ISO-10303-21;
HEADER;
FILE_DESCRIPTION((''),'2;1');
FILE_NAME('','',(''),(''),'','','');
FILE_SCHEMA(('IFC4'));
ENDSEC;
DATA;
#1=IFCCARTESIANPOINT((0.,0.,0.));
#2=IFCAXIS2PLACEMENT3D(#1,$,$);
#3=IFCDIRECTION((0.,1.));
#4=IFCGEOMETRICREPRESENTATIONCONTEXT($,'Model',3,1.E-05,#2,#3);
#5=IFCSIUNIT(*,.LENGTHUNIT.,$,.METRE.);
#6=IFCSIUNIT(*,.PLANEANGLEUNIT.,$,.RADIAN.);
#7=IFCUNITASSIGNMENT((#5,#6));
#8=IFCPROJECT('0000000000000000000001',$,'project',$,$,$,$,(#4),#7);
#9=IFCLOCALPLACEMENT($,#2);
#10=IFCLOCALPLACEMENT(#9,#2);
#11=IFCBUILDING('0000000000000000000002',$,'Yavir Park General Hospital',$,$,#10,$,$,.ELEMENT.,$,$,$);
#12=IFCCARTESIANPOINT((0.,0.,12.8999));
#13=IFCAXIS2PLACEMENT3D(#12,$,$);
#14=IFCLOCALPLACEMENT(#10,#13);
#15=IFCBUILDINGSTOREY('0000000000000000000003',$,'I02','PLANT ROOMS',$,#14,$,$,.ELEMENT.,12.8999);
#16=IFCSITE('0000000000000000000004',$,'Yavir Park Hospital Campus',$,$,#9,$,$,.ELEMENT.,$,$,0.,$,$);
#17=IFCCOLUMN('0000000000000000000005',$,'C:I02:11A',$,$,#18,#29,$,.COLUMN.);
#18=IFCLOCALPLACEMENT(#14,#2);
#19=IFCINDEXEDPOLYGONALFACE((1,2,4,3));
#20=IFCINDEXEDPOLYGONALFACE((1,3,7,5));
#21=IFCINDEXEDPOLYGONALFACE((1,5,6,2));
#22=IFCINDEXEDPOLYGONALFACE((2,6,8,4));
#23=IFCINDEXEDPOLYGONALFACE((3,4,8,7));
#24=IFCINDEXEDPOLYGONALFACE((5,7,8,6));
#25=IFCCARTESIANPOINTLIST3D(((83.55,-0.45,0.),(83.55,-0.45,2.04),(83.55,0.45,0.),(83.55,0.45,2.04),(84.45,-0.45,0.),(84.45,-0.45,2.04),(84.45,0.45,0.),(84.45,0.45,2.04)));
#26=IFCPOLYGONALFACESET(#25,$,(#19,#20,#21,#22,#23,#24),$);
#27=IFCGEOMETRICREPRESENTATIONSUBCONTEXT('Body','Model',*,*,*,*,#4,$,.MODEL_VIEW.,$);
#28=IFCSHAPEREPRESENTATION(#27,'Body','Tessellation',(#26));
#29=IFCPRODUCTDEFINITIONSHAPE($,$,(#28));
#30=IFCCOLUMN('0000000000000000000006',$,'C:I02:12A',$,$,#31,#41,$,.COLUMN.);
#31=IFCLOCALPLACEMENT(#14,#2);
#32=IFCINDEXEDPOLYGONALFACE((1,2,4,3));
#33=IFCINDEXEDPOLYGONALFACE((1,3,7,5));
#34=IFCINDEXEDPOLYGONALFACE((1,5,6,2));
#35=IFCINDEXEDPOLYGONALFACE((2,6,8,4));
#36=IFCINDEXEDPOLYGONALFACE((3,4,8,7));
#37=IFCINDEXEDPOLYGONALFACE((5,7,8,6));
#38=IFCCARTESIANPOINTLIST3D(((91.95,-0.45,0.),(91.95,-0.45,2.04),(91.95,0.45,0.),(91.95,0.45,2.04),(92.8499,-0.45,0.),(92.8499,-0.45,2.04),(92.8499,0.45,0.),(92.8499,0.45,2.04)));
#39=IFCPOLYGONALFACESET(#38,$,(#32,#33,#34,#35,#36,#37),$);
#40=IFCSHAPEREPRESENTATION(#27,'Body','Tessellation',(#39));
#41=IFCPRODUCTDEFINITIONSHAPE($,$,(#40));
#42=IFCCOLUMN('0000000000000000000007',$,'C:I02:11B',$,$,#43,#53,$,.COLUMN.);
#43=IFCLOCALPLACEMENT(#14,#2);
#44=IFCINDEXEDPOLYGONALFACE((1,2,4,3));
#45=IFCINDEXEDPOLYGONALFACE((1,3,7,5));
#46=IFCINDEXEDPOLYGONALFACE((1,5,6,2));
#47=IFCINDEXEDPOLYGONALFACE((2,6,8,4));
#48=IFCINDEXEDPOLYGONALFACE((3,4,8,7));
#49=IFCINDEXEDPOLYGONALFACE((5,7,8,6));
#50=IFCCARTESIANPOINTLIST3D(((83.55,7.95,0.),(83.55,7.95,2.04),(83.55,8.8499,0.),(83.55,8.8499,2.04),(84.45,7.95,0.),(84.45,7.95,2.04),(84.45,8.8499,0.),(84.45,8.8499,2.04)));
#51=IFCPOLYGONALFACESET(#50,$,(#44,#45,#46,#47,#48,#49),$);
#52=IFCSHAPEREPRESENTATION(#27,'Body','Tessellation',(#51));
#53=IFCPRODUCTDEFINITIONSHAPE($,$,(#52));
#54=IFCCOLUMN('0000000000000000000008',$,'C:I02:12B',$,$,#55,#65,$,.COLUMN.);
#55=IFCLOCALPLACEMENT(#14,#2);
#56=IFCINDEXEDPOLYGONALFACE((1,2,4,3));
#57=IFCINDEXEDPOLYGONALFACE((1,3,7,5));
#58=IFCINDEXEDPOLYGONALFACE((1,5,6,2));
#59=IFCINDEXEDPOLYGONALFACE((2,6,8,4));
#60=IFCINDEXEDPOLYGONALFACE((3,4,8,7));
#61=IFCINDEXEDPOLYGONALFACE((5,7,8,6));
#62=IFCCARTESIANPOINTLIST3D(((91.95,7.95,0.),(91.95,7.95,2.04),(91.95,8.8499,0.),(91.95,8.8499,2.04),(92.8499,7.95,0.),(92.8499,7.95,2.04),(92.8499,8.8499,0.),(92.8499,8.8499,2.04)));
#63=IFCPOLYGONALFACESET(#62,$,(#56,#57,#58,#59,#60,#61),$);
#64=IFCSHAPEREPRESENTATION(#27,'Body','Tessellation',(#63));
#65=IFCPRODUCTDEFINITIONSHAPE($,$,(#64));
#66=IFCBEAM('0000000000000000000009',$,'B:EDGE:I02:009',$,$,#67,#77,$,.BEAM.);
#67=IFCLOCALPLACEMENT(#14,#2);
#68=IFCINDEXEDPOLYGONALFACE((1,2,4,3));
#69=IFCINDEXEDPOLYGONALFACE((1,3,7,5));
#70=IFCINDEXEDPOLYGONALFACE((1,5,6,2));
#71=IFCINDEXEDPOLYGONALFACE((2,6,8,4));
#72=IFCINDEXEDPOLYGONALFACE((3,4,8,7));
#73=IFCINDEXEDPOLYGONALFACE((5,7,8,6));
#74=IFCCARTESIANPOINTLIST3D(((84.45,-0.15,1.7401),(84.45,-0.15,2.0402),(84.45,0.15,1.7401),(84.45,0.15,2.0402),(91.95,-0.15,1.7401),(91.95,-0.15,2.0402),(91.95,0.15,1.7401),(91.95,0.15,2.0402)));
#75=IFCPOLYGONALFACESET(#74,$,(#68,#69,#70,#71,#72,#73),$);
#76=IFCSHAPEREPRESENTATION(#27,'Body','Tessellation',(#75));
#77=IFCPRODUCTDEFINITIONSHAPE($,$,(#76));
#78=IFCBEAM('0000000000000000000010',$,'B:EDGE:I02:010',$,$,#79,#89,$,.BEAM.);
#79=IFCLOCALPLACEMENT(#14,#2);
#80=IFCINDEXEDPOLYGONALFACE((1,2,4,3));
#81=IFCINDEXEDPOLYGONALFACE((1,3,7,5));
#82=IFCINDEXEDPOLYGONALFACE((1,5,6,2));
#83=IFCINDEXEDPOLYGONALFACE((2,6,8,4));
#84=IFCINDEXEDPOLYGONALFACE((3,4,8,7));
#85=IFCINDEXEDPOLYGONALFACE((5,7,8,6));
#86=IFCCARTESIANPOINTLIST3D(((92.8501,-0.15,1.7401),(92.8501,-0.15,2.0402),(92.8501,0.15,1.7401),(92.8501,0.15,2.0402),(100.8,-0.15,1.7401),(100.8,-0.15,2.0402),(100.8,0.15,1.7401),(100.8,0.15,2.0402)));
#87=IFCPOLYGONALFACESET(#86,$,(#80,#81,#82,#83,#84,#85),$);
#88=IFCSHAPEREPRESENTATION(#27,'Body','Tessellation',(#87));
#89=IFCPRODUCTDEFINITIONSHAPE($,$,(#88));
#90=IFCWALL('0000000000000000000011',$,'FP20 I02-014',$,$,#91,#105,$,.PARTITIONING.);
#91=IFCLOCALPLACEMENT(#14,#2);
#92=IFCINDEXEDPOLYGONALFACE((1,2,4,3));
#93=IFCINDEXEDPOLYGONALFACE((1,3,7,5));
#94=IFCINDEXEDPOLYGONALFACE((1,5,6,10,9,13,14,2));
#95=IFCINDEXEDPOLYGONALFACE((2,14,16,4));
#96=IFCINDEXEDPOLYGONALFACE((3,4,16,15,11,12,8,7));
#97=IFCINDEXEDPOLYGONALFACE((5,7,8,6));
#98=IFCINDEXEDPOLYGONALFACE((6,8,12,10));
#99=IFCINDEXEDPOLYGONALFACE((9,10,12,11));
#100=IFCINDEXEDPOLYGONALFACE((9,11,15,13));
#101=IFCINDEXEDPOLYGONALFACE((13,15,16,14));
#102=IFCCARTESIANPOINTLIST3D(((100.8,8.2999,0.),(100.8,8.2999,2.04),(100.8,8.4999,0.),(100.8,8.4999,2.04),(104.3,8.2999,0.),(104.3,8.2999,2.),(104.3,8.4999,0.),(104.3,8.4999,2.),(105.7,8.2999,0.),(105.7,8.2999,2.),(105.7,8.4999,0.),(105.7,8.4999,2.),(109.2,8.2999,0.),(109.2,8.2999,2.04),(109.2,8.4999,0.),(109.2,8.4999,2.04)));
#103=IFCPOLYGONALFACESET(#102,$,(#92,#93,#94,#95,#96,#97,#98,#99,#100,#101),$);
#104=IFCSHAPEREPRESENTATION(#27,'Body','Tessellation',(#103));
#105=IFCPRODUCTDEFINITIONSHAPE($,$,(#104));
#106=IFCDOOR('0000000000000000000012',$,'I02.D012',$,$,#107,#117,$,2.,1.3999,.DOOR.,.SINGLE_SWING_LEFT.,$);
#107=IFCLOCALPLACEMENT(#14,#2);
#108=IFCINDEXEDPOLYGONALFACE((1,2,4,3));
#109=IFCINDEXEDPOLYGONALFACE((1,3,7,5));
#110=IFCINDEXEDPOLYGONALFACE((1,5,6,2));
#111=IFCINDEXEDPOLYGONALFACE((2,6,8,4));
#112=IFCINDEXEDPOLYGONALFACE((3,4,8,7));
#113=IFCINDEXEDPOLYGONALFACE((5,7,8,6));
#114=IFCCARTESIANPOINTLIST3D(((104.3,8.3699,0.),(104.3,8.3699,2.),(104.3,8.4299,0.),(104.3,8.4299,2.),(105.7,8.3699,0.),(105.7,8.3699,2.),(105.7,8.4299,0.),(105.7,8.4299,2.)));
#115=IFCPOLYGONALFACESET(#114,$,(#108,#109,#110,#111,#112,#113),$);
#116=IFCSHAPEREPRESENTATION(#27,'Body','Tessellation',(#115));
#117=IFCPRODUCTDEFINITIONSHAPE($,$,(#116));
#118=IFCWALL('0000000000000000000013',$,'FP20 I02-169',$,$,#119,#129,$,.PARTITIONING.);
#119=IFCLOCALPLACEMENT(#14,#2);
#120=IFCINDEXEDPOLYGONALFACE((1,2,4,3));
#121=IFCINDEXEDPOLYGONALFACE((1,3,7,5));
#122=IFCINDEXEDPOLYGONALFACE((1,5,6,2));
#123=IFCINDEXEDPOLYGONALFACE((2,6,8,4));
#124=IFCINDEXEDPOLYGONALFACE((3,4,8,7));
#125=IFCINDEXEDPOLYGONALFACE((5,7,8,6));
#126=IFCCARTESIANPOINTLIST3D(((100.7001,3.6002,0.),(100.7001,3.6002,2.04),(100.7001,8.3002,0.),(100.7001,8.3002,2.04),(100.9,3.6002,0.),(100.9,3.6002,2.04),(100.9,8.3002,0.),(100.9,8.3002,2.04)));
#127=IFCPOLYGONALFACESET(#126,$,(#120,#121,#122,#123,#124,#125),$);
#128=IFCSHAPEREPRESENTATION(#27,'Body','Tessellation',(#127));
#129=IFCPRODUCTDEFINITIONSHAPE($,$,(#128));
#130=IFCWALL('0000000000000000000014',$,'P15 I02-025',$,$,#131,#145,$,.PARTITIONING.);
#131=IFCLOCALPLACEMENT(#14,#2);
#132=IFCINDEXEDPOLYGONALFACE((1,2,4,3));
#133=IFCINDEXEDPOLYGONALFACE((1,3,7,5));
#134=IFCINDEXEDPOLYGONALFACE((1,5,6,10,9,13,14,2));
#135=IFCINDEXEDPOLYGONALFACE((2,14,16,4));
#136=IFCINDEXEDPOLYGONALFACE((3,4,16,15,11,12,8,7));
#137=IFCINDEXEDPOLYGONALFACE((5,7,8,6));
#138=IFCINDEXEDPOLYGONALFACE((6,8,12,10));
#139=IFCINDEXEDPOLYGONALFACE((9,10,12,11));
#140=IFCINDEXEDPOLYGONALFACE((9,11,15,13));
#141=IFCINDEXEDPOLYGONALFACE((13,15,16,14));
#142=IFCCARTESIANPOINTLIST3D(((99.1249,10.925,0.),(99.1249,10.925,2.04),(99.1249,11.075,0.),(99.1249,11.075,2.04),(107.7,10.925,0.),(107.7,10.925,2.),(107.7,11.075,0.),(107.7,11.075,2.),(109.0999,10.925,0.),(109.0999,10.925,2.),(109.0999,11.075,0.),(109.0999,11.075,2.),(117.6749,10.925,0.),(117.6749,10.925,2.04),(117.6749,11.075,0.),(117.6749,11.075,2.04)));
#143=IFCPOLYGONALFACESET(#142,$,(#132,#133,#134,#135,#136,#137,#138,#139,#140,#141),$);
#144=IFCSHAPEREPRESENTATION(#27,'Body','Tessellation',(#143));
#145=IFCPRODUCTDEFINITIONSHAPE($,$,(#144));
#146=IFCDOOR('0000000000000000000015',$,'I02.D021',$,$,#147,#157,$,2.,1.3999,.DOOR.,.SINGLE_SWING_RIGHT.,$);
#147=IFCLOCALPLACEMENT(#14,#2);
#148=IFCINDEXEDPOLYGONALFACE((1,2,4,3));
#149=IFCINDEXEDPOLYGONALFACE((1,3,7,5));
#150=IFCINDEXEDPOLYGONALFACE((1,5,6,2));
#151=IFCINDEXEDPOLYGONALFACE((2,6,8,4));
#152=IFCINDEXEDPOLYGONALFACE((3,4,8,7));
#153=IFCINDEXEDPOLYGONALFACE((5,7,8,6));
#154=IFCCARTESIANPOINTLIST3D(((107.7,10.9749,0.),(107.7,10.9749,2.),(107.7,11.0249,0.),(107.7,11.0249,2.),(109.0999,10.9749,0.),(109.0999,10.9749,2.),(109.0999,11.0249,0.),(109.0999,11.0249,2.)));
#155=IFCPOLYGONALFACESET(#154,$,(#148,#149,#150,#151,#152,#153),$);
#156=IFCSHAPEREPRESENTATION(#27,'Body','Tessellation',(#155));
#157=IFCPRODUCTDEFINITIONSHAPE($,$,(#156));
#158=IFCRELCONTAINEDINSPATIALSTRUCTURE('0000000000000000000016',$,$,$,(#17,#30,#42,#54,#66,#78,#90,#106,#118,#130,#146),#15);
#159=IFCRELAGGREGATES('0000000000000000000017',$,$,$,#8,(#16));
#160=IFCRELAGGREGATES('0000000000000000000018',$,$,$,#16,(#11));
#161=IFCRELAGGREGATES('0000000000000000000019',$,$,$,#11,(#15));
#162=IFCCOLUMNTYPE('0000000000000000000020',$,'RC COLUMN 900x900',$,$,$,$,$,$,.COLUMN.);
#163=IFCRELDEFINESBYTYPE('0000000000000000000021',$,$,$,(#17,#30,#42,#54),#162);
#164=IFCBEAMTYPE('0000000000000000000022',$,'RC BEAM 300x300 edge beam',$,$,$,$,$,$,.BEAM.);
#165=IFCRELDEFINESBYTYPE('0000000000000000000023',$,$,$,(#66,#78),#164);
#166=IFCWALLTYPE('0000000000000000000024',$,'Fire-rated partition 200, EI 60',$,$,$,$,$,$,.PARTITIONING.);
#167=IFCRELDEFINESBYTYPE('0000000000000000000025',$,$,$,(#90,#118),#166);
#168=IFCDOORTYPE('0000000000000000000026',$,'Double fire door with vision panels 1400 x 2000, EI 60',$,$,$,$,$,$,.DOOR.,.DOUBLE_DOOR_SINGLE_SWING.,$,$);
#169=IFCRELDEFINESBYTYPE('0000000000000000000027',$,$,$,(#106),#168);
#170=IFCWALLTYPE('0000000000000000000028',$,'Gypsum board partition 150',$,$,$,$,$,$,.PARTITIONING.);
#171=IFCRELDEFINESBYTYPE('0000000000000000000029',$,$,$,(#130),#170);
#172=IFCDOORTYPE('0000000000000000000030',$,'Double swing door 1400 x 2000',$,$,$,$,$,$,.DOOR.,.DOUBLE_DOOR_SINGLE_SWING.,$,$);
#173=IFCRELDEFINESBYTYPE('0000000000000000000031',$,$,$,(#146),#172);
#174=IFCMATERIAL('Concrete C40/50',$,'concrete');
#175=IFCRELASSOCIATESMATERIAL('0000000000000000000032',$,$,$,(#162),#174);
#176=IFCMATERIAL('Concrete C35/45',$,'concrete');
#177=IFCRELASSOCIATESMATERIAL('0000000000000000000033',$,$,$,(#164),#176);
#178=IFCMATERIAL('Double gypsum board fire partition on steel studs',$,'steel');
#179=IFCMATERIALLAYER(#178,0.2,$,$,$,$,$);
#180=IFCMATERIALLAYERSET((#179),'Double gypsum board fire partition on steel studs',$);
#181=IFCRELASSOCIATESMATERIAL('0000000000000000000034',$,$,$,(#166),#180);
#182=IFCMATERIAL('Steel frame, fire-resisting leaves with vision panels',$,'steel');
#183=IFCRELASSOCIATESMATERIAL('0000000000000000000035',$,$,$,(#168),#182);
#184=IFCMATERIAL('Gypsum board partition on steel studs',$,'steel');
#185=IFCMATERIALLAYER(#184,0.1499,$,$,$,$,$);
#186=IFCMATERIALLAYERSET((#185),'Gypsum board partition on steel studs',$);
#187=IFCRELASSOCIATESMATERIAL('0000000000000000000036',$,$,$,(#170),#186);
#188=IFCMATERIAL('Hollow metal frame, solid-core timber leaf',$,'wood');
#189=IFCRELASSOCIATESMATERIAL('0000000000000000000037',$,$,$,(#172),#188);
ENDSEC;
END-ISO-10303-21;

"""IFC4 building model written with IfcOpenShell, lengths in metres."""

from ifc_helpers import new_model, si_unit, direction, frame, frame_2d, origin, origin_2d, place, context, subcontext, project, spatial, rectangle, extrude, material, layer, layer_set, material_profile, profile_set, type_object, element, fill, save


model = new_model("IFC4")

# Units and contexts
model_context = context("Model", 3, precision=1e-05, world=origin(), true_north=direction((0.0, 1.0)))
body_context = subcontext(model_context, "Body", "Model", "MODEL_VIEW")
ifc_project = project(units=[si_unit("LENGTHUNIT", "METRE"), si_unit("PLANEANGLEUNIT", "RADIAN")], contexts=[model_context])

# Site, building, storey
site_placement = place(None, origin())
site = spatial("IfcSite", under=ifc_project, at=site_placement, Name="Yavir Park Hospital Campus", CompositionType="ELEMENT", RefElevation=0.0)
building_placement = place(site_placement, origin())
building = spatial("IfcBuilding", under=site, at=building_placement, Name="Yavir Park General Hospital", CompositionType="ELEMENT")
storey_placement = place(building_placement, frame((0.0, 0.0, 12.8999)))
storey = spatial("IfcBuildingStorey", under=building, at=storey_placement, Name="I02", Description="PLANT ROOMS", CompositionType="ELEMENT", Elevation=12.8999)

# Columns
ifc_material_1 = material(Name="Concrete C40/50", Category="concrete")
ifc_material_profile_1 = material_profile(ifc_material_1, rectangle(XDim=0.8999, YDim=0.8999, at=origin_2d()), Name="RC900x900")
ifc_profile_set_1 = profile_set([ifc_material_profile_1], Name="Concrete C40/50")
column_type = type_object("IfcColumnType", Name="RC COLUMN 900x900", PredefinedType="COLUMN", material=ifc_profile_set_1)
for number, where, z_axis, x_axis, name in (
    (1, (84.0, 0.0, 0.0), (0.0, 0.0, 1.0), (1.0, 0.0, 0.0), "C:I02:11A"),
    (2, (92.3999, 0.0, 0.0), (0.0, 0.0, 1.0), (1.0, 0.0, 0.0), "C:I02:12A"),
    (3, (84.0, 8.3999, 0.0), (0.0, 0.0, 1.0), (1.0, 0.0, 0.0), "C:I02:11B"),
    (4, (92.3999, 8.3999, 0.0), (0.0, 0.0, 1.0), (1.0, 0.0, 0.0), "C:I02:12B"),
):
    element("IfcColumn", number, at=place(storey_placement, frame(where, z_axis=z_axis, x_axis=x_axis)), inside=storey, type_object=column_type, Name=name, PredefinedType="COLUMN", context=body_context, shape_type="SweptSolid", body=[
        extrude(rectangle(XDim=0.8999, YDim=0.8999, at=origin_2d()), origin(), (0.0, 0.0, 1.0), 2.04),
    ])

# Beams
ifc_material_2 = material(Name="Concrete C35/45", Category="concrete")
ifc_material_profile_2 = material_profile(ifc_material_2, rectangle(XDim=0.3, YDim=0.3, at=origin_2d()), Name="RC300x300")
ifc_profile_set_2 = profile_set([ifc_material_profile_2], Name="Concrete C35/45")
beam_type = type_object("IfcBeamType", Name="RC BEAM 300x300 edge beam", PredefinedType="BEAM", material=ifc_profile_set_2)
beam_1_placement = place(storey_placement, frame((84.45, 0.0, 1.8901), z_axis=(1.0, 0.0, 0.0), x_axis=(0.0, 1.0, 0.0)))
element("IfcBeam", 5, at=beam_1_placement, inside=storey, type_object=beam_type, Name="B:EDGE:I02:009", PredefinedType="BEAM", context=body_context, shape_type="SweptSolid", body=[
    extrude(rectangle(XDim=0.3, YDim=0.3, at=origin_2d()), origin(), (0.0, 0.0, 1.0), 7.5),
])
beam_2_placement = place(storey_placement, frame((92.8501, 0.0, 1.8901), z_axis=(1.0, 0.0, 0.0), x_axis=(0.0, 1.0, 0.0)))
element("IfcBeam", 6, at=beam_2_placement, inside=storey, type_object=beam_type, Name="B:EDGE:I02:010", PredefinedType="BEAM", context=body_context, shape_type="SweptSolid", body=[
    extrude(rectangle(XDim=0.3, YDim=0.3, at=origin_2d()), origin(), (0.0, 0.0, 1.0), 7.95),
])

# Wall, opening, door
ifc_material_3 = material(Name="Double gypsum board fire partition on steel studs", Category="steel")
ifc_layer_1 = layer(ifc_material_3, 0.2)
ifc_layer_set_1 = layer_set([ifc_layer_1], Name="Double gypsum board fire partition on steel studs")
wall_type_1 = type_object("IfcWallType", Name="Fire-rated partition 200, EI 60", PredefinedType="PARTITIONING", material=ifc_layer_set_1)
wall_1_placement = place(storey_placement, frame((100.8, 8.3999, 0.0), z_axis=(0.0, 0.0, 1.0), x_axis=(1.0, 0.0, 0.0)))
wall_1 = element("IfcWall", 7, at=wall_1_placement, inside=storey, type_object=wall_type_1, Name="FP20 I02-014", PredefinedType="PARTITIONING", context=body_context, shape_type="SweptSolid", body=[
    extrude(rectangle(XDim=8.3999, YDim=0.2, at=frame_2d((4.2, 0.0))), origin(), (0.0, 0.0, 1.0), 2.04),
])
opening_1_placement = place(wall_1_placement, frame((3.5, 0.0, 0.0)))
opening_1 = element("IfcOpeningElement", 8, at=opening_1_placement, cuts=wall_1, PredefinedType="OPENING", context=body_context, shape_type="SweptSolid", body=[
    extrude(rectangle(XDim=1.3999, YDim=2.0, at=frame_2d((0.7, 1.0))), frame((0.0, 0.1099, 0.0), z_axis=(0.0, -1.0, 0.0), x_axis=(1.0, 0.0, 0.0)), (0.0, 0.0, 1.0), 0.22),
])
ifc_material_4 = material(Name="Steel frame, fire-resisting leaves with vision panels", Category="steel")
door_type_1 = type_object("IfcDoorType", Name="Double fire door with vision panels 1400 x 2000, EI 60", OperationType="DOUBLE_DOOR_SINGLE_SWING", PredefinedType="DOOR", material=ifc_material_4)
door_1_placement = place(opening_1_placement, origin())
door_1 = element("IfcDoor", 9, at=door_1_placement, inside=storey, type_object=door_type_1, Name="I02.D012", OperationType="SINGLE_SWING_LEFT", OverallHeight=2.0, OverallWidth=1.3999, PredefinedType="DOOR", context=body_context, shape_type="SweptSolid", body=[
    extrude(rectangle(XDim=1.3999, YDim=2.0, at=frame_2d((0.7, 1.0))), frame((0.0, 0.03, 0.0), z_axis=(0.0, -1.0, 0.0), x_axis=(1.0, 0.0, 0.0)), (0.0, 0.0, 1.0), 0.0601),
])
fill(opening_1, door_1)

# Wall
wall_2_placement = place(storey_placement, frame((100.8, 3.6001, 0.0), z_axis=(0.0, 0.0, 1.0), x_axis=(0.0, 1.0, 0.0)))
element("IfcWall", 10, at=wall_2_placement, inside=storey, type_object=wall_type_1, Name="FP20 I02-169", PredefinedType="PARTITIONING", context=body_context, shape_type="SweptSolid", body=[
    extrude(rectangle(XDim=4.7, YDim=0.2, at=frame_2d((2.3501, 0.0))), origin(), (0.0, 0.0, 1.0), 2.04),
])

# Wall, opening, door
ifc_material_5 = material(Name="Gypsum board partition on steel studs", Category="steel")
ifc_layer_2 = layer(ifc_material_5, 0.1499)
ifc_layer_set_2 = layer_set([ifc_layer_2], Name="Gypsum board partition on steel studs")
wall_type_2 = type_object("IfcWallType", Name="Gypsum board partition 150", PredefinedType="PARTITIONING", material=ifc_layer_set_2)
wall_3_placement = place(storey_placement, frame((99.125, 11.0, 0.0), z_axis=(0.0, 0.0, 1.0), x_axis=(1.0, 0.0, 0.0)))
wall_3 = element("IfcWall", 11, at=wall_3_placement, inside=storey, type_object=wall_type_2, Name="P15 I02-025", PredefinedType="PARTITIONING", context=body_context, shape_type="SweptSolid", body=[
    extrude(rectangle(XDim=18.55, YDim=0.1499, at=frame_2d((9.2749, 0.0))), origin(), (0.0, 0.0, 1.0), 2.04),
])
opening_2_placement = place(wall_3_placement, frame((8.575, 0.0, 0.0)))
opening_2 = element("IfcOpeningElement", 12, at=opening_2_placement, cuts=wall_3, PredefinedType="OPENING", context=body_context, shape_type="SweptSolid", body=[
    extrude(rectangle(XDim=1.3999, YDim=2.0, at=frame_2d((0.7, 1.0))), frame((0.0, 0.085, 0.0), z_axis=(0.0, -1.0, 0.0), x_axis=(1.0, 0.0, 0.0)), (0.0, 0.0, 1.0), 0.1699),
])
ifc_material_6 = material(Name="Hollow metal frame, solid-core timber leaf", Category="wood")
door_type_2 = type_object("IfcDoorType", Name="Double swing door 1400 x 2000", OperationType="DOUBLE_DOOR_SINGLE_SWING", PredefinedType="DOOR", material=ifc_material_6)
door_2_placement = place(opening_2_placement, origin())
door_2 = element("IfcDoor", 13, at=door_2_placement, inside=storey, type_object=door_type_2, Name="I02.D021", OperationType="SINGLE_SWING_RIGHT", OverallHeight=2.0, OverallWidth=1.3999, PredefinedType="DOOR", context=body_context, shape_type="SweptSolid", body=[
    extrude(rectangle(XDim=1.3999, YDim=2.0, at=frame_2d((0.7, 1.0))), frame((0.0, 0.0249, 0.0), z_axis=(0.0, -1.0, 0.0), x_axis=(1.0, 0.0, 0.0)), (0.0, 0.0, 1.0), 0.05),
])
fill(opening_2, door_2)

save(model, "model.ifc")
